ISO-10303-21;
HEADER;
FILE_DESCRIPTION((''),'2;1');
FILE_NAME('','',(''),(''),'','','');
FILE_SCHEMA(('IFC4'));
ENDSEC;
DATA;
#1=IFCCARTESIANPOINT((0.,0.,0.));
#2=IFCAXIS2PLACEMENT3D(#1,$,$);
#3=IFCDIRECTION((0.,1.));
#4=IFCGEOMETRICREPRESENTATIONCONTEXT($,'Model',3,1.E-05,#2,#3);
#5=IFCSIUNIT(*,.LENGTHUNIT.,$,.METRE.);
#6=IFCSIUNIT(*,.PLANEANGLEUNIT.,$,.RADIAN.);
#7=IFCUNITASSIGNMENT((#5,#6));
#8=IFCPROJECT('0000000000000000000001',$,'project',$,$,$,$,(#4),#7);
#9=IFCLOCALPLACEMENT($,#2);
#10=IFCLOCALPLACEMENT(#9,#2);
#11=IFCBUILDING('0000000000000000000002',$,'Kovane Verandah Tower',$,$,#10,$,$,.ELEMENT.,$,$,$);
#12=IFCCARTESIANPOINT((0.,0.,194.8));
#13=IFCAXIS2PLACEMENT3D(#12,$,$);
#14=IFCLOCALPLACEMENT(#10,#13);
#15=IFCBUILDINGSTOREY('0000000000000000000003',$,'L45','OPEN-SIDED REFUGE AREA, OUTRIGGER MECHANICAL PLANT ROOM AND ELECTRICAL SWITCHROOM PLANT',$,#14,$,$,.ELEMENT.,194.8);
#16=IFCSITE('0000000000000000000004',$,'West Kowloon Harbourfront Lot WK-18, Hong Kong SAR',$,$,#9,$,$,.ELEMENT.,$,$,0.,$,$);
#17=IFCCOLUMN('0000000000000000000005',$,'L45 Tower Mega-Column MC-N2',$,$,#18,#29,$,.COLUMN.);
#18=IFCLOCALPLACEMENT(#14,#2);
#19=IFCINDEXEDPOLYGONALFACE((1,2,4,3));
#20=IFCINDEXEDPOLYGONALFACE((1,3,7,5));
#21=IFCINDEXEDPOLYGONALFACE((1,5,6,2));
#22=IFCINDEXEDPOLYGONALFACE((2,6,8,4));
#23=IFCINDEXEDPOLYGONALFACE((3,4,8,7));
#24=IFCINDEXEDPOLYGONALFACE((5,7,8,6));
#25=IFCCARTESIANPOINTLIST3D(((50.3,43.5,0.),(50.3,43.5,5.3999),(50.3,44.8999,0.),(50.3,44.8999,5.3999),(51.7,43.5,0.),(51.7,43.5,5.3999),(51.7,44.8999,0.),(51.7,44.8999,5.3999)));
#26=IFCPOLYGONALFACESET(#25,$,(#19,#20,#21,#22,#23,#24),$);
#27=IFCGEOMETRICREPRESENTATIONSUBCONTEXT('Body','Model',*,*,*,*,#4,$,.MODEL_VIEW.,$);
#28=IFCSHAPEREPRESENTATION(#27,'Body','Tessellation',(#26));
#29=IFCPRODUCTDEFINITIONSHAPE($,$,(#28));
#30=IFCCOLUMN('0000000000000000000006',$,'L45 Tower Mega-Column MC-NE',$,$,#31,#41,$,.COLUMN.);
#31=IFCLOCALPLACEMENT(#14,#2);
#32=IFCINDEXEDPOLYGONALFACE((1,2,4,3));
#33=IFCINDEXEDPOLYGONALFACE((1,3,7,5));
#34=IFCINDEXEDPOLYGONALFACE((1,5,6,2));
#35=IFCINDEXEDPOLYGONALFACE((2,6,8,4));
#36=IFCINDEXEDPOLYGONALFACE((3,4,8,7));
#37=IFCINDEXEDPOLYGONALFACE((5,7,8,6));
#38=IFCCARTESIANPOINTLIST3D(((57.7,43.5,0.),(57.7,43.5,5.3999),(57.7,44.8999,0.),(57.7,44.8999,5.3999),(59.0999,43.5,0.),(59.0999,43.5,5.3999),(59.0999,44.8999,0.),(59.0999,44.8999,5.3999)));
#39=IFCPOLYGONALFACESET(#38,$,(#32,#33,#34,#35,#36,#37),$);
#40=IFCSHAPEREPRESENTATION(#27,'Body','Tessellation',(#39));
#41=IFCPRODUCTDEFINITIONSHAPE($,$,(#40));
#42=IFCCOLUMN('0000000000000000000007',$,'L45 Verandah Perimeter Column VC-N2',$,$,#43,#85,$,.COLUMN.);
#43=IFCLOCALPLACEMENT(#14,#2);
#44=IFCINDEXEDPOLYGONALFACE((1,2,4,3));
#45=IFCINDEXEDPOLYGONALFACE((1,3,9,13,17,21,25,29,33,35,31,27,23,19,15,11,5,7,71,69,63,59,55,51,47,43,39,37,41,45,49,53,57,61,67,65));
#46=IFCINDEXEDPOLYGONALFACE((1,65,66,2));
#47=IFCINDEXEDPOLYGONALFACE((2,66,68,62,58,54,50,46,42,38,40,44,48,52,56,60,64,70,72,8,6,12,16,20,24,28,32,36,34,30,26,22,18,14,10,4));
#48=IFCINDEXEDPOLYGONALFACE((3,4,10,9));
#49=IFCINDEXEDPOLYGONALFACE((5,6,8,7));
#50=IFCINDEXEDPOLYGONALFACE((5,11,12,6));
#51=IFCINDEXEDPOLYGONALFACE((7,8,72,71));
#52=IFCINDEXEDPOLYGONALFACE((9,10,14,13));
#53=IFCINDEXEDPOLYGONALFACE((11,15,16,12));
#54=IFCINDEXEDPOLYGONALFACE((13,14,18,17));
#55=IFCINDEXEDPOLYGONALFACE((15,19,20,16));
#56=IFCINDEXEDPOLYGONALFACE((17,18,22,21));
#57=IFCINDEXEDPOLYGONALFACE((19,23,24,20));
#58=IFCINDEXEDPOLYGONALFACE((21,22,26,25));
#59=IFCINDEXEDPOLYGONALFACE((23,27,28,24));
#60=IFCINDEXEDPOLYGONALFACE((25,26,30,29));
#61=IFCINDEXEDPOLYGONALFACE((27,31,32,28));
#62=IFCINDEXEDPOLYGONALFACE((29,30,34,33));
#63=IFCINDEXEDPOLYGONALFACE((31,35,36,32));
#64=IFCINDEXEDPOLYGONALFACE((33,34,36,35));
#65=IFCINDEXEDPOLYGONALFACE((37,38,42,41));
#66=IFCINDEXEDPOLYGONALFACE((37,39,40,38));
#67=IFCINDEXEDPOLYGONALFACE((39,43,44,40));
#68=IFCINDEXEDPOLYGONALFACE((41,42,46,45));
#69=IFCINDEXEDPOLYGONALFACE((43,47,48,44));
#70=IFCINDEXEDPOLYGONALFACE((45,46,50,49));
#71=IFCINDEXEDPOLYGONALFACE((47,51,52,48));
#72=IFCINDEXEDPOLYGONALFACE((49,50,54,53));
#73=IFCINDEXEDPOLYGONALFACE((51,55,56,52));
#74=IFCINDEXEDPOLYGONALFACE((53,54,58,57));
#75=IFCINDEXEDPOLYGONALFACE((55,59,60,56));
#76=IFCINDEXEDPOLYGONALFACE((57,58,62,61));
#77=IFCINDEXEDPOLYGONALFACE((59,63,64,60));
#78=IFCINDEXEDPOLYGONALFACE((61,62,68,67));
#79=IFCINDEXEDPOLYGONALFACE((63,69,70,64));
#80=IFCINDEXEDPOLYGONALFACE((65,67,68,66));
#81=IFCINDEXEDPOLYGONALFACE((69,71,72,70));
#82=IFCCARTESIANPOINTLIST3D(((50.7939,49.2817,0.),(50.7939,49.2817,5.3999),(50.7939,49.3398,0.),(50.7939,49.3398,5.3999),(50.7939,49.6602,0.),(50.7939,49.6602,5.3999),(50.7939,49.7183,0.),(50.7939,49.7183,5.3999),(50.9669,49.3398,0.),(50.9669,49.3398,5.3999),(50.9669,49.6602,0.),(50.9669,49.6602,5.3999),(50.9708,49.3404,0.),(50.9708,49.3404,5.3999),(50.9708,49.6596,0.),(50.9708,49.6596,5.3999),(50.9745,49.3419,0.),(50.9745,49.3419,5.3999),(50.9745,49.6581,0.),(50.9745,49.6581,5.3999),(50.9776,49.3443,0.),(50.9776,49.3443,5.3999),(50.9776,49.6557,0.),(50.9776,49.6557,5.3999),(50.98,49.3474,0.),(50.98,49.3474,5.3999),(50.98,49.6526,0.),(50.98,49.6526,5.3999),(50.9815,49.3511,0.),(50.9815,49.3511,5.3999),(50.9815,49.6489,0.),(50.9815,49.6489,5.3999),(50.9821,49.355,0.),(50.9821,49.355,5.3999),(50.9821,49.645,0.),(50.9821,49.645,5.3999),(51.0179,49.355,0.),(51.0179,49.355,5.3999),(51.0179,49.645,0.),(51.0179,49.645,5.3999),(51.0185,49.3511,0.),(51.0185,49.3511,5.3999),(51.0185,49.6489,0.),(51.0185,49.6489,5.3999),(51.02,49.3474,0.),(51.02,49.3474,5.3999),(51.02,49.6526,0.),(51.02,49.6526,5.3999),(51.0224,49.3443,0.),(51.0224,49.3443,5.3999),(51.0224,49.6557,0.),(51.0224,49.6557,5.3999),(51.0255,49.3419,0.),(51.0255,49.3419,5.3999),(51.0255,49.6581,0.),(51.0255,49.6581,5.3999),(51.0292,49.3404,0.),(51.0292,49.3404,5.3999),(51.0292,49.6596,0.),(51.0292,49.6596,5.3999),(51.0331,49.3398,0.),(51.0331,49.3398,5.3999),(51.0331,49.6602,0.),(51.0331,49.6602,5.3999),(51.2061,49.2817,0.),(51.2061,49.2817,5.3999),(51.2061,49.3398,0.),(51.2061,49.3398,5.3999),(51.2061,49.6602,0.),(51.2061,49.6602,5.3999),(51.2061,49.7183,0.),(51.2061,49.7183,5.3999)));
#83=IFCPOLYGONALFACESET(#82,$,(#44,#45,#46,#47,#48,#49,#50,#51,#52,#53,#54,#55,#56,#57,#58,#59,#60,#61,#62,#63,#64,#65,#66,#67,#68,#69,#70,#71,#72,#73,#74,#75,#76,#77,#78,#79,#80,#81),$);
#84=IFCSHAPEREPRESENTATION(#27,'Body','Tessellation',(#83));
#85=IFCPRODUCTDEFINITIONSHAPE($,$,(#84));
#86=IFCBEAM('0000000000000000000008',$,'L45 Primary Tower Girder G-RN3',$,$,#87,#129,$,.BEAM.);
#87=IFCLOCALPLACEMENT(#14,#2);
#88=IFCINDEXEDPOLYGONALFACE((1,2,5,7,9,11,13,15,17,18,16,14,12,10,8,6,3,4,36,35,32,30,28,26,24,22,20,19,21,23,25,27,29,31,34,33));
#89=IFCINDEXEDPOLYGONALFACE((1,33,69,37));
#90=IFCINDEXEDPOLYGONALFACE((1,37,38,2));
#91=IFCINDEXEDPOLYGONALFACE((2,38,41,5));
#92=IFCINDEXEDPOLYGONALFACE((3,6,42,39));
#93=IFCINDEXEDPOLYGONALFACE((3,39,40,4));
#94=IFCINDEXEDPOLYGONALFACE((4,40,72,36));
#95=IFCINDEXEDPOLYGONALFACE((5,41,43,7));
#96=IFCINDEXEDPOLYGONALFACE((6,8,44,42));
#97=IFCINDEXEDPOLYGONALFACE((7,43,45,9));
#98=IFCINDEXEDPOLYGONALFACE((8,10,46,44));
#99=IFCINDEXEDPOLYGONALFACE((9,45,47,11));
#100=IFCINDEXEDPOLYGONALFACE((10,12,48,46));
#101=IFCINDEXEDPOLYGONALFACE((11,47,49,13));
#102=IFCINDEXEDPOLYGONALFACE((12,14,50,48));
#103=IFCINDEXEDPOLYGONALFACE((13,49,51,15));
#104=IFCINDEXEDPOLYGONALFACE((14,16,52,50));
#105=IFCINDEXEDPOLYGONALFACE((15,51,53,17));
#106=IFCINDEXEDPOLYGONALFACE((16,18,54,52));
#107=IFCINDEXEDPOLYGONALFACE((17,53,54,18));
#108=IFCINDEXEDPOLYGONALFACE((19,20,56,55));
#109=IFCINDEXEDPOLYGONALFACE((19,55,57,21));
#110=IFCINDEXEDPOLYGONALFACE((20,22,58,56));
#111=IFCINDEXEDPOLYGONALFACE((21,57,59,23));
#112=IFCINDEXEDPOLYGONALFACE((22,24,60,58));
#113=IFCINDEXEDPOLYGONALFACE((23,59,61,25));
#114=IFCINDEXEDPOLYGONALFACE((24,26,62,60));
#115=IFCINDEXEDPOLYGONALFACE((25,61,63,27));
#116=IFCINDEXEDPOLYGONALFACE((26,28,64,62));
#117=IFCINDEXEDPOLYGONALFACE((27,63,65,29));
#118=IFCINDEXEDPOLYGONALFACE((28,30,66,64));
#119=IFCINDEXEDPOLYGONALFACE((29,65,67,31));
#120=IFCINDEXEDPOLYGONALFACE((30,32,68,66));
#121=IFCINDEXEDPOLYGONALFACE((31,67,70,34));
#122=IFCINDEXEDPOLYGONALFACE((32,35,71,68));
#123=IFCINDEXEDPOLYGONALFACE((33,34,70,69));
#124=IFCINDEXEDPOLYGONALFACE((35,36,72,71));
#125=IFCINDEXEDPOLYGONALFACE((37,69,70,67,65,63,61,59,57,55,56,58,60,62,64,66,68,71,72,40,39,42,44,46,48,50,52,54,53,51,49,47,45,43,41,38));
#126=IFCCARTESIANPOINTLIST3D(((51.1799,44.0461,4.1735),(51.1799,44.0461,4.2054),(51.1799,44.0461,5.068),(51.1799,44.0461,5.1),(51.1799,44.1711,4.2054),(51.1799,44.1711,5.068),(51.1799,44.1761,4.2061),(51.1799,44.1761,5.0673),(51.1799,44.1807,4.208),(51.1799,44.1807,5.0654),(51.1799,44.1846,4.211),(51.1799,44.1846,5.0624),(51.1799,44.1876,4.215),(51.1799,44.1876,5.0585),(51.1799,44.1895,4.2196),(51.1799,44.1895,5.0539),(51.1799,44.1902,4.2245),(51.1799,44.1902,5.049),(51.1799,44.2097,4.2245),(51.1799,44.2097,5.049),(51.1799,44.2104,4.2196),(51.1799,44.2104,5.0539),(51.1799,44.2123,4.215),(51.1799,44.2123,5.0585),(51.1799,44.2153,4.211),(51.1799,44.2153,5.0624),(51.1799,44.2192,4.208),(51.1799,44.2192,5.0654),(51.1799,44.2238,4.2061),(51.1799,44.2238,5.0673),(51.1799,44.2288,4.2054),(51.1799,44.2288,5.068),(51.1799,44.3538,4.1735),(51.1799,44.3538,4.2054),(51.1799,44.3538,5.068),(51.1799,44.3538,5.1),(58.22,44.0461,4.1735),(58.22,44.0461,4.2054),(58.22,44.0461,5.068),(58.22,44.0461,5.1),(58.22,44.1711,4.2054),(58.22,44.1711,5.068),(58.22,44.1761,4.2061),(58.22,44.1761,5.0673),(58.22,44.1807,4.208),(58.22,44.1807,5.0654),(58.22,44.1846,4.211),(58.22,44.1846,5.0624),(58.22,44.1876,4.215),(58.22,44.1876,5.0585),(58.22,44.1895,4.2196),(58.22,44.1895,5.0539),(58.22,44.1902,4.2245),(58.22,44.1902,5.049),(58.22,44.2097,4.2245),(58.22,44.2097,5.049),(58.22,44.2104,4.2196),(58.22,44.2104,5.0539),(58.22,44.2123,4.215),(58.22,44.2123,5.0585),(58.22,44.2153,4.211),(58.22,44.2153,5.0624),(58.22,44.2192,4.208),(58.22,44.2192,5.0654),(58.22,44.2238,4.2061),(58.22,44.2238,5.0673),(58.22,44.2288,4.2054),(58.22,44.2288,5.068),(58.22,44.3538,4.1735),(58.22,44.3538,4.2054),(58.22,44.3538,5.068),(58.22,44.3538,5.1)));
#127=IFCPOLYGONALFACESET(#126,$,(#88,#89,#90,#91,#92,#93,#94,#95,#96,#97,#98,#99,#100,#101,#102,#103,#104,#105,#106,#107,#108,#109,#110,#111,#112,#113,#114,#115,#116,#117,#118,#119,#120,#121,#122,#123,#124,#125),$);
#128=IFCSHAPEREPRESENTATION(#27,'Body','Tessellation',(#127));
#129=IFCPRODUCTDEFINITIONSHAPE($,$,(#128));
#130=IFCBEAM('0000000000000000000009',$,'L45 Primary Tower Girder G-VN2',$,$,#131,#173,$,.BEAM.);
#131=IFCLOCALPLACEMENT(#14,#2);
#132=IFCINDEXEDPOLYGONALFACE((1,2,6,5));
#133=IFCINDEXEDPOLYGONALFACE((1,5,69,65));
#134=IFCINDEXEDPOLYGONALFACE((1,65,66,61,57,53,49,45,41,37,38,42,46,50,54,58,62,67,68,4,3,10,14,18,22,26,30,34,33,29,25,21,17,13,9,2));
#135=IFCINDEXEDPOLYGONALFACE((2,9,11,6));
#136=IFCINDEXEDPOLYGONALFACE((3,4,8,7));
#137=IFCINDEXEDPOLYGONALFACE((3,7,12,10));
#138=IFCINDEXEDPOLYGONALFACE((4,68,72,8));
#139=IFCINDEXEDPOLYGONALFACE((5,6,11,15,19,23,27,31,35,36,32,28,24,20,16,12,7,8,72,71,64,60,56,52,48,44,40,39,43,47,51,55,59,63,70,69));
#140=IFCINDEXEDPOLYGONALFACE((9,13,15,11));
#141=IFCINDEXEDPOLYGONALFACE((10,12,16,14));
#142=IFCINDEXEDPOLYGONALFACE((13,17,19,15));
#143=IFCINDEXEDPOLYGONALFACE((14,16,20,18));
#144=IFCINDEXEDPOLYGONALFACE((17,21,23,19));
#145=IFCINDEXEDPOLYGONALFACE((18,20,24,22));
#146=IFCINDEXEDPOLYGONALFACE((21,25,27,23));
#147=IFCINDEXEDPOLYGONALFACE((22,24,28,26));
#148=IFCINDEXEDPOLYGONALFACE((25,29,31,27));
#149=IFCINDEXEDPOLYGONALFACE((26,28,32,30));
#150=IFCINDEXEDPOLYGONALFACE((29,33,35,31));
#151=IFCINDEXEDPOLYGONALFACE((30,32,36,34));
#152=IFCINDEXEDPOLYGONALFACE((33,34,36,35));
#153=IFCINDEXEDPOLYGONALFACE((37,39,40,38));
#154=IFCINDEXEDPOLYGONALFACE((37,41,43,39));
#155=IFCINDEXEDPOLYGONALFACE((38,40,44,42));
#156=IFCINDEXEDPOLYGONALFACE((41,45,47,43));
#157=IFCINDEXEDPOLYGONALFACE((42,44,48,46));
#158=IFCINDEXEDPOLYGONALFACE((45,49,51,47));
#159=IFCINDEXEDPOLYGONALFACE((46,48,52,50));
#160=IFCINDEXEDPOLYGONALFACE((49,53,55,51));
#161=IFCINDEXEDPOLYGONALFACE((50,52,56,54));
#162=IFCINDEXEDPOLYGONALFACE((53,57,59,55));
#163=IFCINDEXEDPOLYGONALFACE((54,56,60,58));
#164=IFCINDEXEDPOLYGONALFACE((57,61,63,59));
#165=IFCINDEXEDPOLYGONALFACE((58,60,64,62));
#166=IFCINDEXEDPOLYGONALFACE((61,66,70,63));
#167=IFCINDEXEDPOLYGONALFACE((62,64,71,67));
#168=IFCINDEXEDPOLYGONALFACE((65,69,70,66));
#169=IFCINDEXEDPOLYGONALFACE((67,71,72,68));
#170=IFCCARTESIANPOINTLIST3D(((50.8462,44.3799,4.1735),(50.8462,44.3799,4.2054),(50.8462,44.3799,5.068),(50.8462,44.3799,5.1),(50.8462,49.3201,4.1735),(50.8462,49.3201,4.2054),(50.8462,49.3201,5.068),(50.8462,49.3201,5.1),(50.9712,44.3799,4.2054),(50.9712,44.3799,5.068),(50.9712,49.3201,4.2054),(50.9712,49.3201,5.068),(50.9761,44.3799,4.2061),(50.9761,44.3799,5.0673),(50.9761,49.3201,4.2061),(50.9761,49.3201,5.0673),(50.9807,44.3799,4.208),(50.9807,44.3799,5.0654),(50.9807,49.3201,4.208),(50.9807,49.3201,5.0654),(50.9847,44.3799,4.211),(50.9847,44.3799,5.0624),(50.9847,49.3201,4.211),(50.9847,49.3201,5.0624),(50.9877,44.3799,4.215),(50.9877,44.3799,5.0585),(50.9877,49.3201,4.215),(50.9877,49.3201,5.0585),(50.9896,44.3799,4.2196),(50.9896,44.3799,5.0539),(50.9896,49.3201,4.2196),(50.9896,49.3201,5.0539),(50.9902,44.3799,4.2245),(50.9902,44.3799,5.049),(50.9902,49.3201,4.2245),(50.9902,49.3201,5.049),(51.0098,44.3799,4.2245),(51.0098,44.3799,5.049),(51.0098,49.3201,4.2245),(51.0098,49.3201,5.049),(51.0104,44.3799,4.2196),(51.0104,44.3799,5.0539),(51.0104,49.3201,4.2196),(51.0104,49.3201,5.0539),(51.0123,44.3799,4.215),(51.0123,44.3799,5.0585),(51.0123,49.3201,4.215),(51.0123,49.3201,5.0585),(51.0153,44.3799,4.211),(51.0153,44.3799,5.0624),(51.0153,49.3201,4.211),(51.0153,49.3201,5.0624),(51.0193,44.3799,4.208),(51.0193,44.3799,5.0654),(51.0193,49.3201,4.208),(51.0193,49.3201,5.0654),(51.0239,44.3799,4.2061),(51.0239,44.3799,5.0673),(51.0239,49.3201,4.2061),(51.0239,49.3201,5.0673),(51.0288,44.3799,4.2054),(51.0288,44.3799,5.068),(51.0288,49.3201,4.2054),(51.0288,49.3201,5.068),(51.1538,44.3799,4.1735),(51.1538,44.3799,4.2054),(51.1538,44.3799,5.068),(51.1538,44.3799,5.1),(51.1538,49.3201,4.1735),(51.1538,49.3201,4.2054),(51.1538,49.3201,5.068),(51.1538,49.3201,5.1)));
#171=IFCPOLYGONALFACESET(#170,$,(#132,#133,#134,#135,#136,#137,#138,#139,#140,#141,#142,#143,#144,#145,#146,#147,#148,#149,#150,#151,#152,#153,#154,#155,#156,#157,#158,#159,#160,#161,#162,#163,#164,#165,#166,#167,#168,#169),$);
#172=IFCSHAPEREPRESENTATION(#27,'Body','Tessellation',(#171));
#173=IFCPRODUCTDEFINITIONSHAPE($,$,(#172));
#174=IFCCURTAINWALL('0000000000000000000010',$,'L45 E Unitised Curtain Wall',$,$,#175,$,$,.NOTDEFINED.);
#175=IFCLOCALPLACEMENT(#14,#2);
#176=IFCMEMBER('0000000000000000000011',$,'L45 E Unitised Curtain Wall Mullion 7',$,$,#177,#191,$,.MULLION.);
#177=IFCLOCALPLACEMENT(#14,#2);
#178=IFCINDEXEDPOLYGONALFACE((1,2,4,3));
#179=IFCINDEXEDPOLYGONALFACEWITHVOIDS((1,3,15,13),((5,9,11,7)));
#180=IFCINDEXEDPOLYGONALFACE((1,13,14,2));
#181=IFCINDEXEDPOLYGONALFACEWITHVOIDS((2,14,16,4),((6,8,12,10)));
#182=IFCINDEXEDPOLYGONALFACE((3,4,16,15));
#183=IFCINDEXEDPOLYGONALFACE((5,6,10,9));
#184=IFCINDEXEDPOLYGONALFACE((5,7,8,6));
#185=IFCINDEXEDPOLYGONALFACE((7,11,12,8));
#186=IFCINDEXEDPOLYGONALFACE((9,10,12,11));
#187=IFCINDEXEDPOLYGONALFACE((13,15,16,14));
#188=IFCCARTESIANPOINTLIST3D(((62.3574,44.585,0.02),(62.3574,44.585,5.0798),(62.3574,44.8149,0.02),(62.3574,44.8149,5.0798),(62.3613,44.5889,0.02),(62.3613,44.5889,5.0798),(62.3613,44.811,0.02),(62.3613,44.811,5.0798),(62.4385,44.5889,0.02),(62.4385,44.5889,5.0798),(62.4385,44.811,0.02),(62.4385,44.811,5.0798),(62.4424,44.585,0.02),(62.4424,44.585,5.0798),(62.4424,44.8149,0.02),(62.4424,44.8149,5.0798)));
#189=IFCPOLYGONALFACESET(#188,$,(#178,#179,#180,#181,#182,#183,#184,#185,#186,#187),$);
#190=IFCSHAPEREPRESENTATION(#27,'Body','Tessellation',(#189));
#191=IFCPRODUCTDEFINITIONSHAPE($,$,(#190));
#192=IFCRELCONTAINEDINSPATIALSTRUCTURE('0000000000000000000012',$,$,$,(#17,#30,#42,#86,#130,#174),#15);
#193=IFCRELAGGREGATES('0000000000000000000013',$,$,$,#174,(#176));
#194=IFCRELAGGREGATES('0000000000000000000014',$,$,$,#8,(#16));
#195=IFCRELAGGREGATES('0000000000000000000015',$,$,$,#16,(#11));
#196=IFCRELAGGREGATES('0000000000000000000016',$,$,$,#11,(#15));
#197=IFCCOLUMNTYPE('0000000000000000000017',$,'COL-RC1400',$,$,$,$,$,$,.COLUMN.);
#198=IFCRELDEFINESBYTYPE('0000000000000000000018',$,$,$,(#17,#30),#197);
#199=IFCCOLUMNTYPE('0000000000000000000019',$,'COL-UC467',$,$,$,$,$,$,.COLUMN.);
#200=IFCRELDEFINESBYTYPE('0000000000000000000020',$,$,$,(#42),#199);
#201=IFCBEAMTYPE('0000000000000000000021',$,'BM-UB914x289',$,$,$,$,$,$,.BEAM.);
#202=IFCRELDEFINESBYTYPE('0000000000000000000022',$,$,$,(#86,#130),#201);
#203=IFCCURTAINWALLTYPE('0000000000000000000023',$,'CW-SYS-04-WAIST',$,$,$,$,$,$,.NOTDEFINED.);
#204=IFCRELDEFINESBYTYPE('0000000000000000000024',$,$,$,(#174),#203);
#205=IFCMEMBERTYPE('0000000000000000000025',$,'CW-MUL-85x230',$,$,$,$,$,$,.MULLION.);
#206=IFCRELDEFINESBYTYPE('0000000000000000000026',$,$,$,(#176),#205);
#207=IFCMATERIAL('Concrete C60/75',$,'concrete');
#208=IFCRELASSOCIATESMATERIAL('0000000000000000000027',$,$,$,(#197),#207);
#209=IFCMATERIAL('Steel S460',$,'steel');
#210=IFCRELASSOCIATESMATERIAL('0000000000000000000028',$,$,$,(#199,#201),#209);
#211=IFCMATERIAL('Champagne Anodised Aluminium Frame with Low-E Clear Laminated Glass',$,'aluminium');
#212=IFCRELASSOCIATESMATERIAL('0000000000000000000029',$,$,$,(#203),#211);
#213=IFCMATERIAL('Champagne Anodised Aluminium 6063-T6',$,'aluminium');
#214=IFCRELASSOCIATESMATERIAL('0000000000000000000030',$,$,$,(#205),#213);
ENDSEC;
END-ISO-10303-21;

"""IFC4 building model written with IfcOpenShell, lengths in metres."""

from ifc_helpers import new_model, si_unit, direction, frame, origin, origin_2d, place, context, subcontext, project, spatial, rectangle, hollow_rectangle, i_section, extrude, material, material_profile, profile_set, type_object, element, aggregate, save


model = new_model("IFC4")

# Units and contexts
model_context = context("Model", 3, precision=1e-05, world=origin(), true_north=direction((0.0, 1.0)))
body_context = subcontext(model_context, "Body", "Model", "MODEL_VIEW")
ifc_project = project(units=[si_unit("LENGTHUNIT", "METRE"), si_unit("PLANEANGLEUNIT", "RADIAN")], contexts=[model_context])

# Site, building, storey
site_placement = place(None, origin())
site = spatial("IfcSite", under=ifc_project, at=site_placement, Name="West Kowloon Harbourfront Lot WK-18, Hong Kong SAR", CompositionType="ELEMENT", RefElevation=0.0)
building_placement = place(site_placement, origin())
building = spatial("IfcBuilding", under=site, at=building_placement, Name="Kovane Verandah Tower", CompositionType="ELEMENT")
storey_placement = place(building_placement, frame((0.0, 0.0, 194.8)))
storey = spatial("IfcBuildingStorey", under=building, at=storey_placement, Name="L45", Description="OPEN-SIDED REFUGE AREA, OUTRIGGER MECHANICAL PLANT ROOM AND ELECTRICAL SWITCHROOM PLANT", CompositionType="ELEMENT", Elevation=194.8)

# Columns
ifc_material_1 = material(Name="Concrete C60/75", Category="concrete")
ifc_material_profile_1 = material_profile(ifc_material_1, rectangle(XDim=1.3999, YDim=1.3999, at=origin_2d()), Name="RC1400x1400")
ifc_profile_set_1 = profile_set([ifc_material_profile_1], Name="Concrete C60/75")
column_type_1 = type_object("IfcColumnType", Name="COL-RC1400", PredefinedType="COLUMN", material=ifc_profile_set_1)
for number, where, z_axis, x_axis, name in (
    (1, (51.0, 44.2, 0.0), (0.0, 0.0, 1.0), (1.0, 0.0, 0.0), "L45 Tower Mega-Column MC-N2"),
    (2, (58.3999, 44.2, 0.0), (0.0, 0.0, 1.0), (1.0, 0.0, 0.0), "L45 Tower Mega-Column MC-NE"),
):
    element("IfcColumn", number, at=place(storey_placement, frame(where, z_axis=z_axis, x_axis=x_axis)), inside=storey, type_object=column_type_1, Name=name, PredefinedType="COLUMN", context=body_context, shape_type="SweptSolid", body=[
        extrude(rectangle(XDim=1.3999, YDim=1.3999, at=origin_2d()), origin(), (0.0, 0.0, 1.0), 5.3999),
    ])
ifc_material_2 = material(Name="Steel S460", Category="steel")
ifc_material_profile_2 = material_profile(ifc_material_2, i_section(OverallWidth=0.4121, OverallDepth=0.4365, WebThickness=0.0359, FlangeThickness=0.0581, FilletRadius=0.0151, at=origin_2d()), Name="UC356x406x467")
ifc_profile_set_2 = profile_set([ifc_material_profile_2], Name="Steel S460")
column_type_2 = type_object("IfcColumnType", Name="COL-UC467", PredefinedType="COLUMN", material=ifc_profile_set_2)
column_placement = place(storey_placement, frame((51.0, 49.5, 0.0), z_axis=(0.0, 0.0, 1.0), x_axis=(1.0, 0.0, 0.0)))
element("IfcColumn", 3, at=column_placement, inside=storey, type_object=column_type_2, Name="L45 Verandah Perimeter Column VC-N2", PredefinedType="COLUMN", context=body_context, shape_type="SweptSolid", body=[
    extrude(i_section(OverallWidth=0.4121, OverallDepth=0.4365, WebThickness=0.0359, FlangeThickness=0.0581, FilletRadius=0.0151, at=origin_2d()), origin(), (0.0, 0.0, 1.0), 5.3999),
])

# Beams
ifc_material_profile_3 = material_profile(ifc_material_2, i_section(OverallWidth=0.3076, OverallDepth=0.9265, WebThickness=0.0195, FlangeThickness=0.032, FilletRadius=0.019, at=origin_2d()), Name="UB914x305x289")
ifc_profile_set_3 = profile_set([ifc_material_profile_3], Name="Steel S460")
beam_type = type_object("IfcBeamType", Name="BM-UB914x289", PredefinedType="BEAM", material=ifc_profile_set_3)
beam_1_placement = place(storey_placement, frame((51.1799, 44.2, 4.6367), z_axis=(1.0, 0.0, 0.0), x_axis=(0.0, 1.0, 0.0)))
element("IfcBeam", 4, at=beam_1_placement, inside=storey, type_object=beam_type, Name="L45 Primary Tower Girder G-RN3", PredefinedType="BEAM", context=body_context, shape_type="SweptSolid", body=[
    extrude(i_section(OverallWidth=0.3076, OverallDepth=0.9265, WebThickness=0.0195, FlangeThickness=0.032, FilletRadius=0.019, at=origin_2d()), origin(), (0.0, 0.0, 1.0), 7.04),
])
beam_2_placement = place(storey_placement, frame((51.0, 44.3799, 4.6367), z_axis=(0.0, 1.0, 0.0), x_axis=(-1.0, 0.0, 0.0)))
element("IfcBeam", 5, at=beam_2_placement, inside=storey, type_object=beam_type, Name="L45 Primary Tower Girder G-VN2", PredefinedType="BEAM", context=body_context, shape_type="SweptSolid", body=[
    extrude(i_section(OverallWidth=0.3076, OverallDepth=0.9265, WebThickness=0.0195, FlangeThickness=0.032, FilletRadius=0.019, at=origin_2d()), origin(), (0.0, 0.0, 1.0), 4.9402),
])

# Curtain wall, member
ifc_material_3 = material(Name="Champagne Anodised Aluminium Frame with Low-E Clear Laminated Glass", Category="aluminium")
curtain_wall_type = type_object("IfcCurtainWallType", Name="CW-SYS-04-WAIST", PredefinedType="NOTDEFINED", material=ifc_material_3)
curtain_wall_1_placement = place(storey_placement, origin())
curtain_wall_1 = element("IfcCurtainWall", 6, at=curtain_wall_1_placement, inside=storey, type_object=curtain_wall_type, Name="L45 E Unitised Curtain Wall", PredefinedType="NOTDEFINED")
ifc_material_4 = material(Name="Champagne Anodised Aluminium 6063-T6", Category="aluminium")
ifc_material_profile_4 = material_profile(ifc_material_4, hollow_rectangle(XDim=0.085, YDim=0.23, WallThickness=0.0039, at=origin_2d()), Name="AL85x230x4")
ifc_profile_set_4 = profile_set([ifc_material_profile_4], Name="Champagne Anodised Aluminium 6063-T6")
member_type_1 = type_object("IfcMemberType", Name="CW-MUL-85x230", PredefinedType="MULLION", material=ifc_profile_set_4)
member_1_placement = place(storey_placement, frame((62.3999, 44.7, 0.02), z_axis=(0.0, 0.0, 1.0), x_axis=(1.0, 0.0, 0.0)))
member_1 = element("IfcMember", 7, at=member_1_placement, type_object=member_type_1, Name="L45 E Unitised Curtain Wall Mullion 7", PredefinedType="MULLION", context=body_context, shape_type="SweptSolid", body=[
    extrude(hollow_rectangle(XDim=0.085, YDim=0.23, WallThickness=0.0039, at=origin_2d()), origin(), (0.0, 0.0, 1.0), 5.0598),
])

aggregate(curtain_wall_1, [member_1])

save(model, "model.ifc")
